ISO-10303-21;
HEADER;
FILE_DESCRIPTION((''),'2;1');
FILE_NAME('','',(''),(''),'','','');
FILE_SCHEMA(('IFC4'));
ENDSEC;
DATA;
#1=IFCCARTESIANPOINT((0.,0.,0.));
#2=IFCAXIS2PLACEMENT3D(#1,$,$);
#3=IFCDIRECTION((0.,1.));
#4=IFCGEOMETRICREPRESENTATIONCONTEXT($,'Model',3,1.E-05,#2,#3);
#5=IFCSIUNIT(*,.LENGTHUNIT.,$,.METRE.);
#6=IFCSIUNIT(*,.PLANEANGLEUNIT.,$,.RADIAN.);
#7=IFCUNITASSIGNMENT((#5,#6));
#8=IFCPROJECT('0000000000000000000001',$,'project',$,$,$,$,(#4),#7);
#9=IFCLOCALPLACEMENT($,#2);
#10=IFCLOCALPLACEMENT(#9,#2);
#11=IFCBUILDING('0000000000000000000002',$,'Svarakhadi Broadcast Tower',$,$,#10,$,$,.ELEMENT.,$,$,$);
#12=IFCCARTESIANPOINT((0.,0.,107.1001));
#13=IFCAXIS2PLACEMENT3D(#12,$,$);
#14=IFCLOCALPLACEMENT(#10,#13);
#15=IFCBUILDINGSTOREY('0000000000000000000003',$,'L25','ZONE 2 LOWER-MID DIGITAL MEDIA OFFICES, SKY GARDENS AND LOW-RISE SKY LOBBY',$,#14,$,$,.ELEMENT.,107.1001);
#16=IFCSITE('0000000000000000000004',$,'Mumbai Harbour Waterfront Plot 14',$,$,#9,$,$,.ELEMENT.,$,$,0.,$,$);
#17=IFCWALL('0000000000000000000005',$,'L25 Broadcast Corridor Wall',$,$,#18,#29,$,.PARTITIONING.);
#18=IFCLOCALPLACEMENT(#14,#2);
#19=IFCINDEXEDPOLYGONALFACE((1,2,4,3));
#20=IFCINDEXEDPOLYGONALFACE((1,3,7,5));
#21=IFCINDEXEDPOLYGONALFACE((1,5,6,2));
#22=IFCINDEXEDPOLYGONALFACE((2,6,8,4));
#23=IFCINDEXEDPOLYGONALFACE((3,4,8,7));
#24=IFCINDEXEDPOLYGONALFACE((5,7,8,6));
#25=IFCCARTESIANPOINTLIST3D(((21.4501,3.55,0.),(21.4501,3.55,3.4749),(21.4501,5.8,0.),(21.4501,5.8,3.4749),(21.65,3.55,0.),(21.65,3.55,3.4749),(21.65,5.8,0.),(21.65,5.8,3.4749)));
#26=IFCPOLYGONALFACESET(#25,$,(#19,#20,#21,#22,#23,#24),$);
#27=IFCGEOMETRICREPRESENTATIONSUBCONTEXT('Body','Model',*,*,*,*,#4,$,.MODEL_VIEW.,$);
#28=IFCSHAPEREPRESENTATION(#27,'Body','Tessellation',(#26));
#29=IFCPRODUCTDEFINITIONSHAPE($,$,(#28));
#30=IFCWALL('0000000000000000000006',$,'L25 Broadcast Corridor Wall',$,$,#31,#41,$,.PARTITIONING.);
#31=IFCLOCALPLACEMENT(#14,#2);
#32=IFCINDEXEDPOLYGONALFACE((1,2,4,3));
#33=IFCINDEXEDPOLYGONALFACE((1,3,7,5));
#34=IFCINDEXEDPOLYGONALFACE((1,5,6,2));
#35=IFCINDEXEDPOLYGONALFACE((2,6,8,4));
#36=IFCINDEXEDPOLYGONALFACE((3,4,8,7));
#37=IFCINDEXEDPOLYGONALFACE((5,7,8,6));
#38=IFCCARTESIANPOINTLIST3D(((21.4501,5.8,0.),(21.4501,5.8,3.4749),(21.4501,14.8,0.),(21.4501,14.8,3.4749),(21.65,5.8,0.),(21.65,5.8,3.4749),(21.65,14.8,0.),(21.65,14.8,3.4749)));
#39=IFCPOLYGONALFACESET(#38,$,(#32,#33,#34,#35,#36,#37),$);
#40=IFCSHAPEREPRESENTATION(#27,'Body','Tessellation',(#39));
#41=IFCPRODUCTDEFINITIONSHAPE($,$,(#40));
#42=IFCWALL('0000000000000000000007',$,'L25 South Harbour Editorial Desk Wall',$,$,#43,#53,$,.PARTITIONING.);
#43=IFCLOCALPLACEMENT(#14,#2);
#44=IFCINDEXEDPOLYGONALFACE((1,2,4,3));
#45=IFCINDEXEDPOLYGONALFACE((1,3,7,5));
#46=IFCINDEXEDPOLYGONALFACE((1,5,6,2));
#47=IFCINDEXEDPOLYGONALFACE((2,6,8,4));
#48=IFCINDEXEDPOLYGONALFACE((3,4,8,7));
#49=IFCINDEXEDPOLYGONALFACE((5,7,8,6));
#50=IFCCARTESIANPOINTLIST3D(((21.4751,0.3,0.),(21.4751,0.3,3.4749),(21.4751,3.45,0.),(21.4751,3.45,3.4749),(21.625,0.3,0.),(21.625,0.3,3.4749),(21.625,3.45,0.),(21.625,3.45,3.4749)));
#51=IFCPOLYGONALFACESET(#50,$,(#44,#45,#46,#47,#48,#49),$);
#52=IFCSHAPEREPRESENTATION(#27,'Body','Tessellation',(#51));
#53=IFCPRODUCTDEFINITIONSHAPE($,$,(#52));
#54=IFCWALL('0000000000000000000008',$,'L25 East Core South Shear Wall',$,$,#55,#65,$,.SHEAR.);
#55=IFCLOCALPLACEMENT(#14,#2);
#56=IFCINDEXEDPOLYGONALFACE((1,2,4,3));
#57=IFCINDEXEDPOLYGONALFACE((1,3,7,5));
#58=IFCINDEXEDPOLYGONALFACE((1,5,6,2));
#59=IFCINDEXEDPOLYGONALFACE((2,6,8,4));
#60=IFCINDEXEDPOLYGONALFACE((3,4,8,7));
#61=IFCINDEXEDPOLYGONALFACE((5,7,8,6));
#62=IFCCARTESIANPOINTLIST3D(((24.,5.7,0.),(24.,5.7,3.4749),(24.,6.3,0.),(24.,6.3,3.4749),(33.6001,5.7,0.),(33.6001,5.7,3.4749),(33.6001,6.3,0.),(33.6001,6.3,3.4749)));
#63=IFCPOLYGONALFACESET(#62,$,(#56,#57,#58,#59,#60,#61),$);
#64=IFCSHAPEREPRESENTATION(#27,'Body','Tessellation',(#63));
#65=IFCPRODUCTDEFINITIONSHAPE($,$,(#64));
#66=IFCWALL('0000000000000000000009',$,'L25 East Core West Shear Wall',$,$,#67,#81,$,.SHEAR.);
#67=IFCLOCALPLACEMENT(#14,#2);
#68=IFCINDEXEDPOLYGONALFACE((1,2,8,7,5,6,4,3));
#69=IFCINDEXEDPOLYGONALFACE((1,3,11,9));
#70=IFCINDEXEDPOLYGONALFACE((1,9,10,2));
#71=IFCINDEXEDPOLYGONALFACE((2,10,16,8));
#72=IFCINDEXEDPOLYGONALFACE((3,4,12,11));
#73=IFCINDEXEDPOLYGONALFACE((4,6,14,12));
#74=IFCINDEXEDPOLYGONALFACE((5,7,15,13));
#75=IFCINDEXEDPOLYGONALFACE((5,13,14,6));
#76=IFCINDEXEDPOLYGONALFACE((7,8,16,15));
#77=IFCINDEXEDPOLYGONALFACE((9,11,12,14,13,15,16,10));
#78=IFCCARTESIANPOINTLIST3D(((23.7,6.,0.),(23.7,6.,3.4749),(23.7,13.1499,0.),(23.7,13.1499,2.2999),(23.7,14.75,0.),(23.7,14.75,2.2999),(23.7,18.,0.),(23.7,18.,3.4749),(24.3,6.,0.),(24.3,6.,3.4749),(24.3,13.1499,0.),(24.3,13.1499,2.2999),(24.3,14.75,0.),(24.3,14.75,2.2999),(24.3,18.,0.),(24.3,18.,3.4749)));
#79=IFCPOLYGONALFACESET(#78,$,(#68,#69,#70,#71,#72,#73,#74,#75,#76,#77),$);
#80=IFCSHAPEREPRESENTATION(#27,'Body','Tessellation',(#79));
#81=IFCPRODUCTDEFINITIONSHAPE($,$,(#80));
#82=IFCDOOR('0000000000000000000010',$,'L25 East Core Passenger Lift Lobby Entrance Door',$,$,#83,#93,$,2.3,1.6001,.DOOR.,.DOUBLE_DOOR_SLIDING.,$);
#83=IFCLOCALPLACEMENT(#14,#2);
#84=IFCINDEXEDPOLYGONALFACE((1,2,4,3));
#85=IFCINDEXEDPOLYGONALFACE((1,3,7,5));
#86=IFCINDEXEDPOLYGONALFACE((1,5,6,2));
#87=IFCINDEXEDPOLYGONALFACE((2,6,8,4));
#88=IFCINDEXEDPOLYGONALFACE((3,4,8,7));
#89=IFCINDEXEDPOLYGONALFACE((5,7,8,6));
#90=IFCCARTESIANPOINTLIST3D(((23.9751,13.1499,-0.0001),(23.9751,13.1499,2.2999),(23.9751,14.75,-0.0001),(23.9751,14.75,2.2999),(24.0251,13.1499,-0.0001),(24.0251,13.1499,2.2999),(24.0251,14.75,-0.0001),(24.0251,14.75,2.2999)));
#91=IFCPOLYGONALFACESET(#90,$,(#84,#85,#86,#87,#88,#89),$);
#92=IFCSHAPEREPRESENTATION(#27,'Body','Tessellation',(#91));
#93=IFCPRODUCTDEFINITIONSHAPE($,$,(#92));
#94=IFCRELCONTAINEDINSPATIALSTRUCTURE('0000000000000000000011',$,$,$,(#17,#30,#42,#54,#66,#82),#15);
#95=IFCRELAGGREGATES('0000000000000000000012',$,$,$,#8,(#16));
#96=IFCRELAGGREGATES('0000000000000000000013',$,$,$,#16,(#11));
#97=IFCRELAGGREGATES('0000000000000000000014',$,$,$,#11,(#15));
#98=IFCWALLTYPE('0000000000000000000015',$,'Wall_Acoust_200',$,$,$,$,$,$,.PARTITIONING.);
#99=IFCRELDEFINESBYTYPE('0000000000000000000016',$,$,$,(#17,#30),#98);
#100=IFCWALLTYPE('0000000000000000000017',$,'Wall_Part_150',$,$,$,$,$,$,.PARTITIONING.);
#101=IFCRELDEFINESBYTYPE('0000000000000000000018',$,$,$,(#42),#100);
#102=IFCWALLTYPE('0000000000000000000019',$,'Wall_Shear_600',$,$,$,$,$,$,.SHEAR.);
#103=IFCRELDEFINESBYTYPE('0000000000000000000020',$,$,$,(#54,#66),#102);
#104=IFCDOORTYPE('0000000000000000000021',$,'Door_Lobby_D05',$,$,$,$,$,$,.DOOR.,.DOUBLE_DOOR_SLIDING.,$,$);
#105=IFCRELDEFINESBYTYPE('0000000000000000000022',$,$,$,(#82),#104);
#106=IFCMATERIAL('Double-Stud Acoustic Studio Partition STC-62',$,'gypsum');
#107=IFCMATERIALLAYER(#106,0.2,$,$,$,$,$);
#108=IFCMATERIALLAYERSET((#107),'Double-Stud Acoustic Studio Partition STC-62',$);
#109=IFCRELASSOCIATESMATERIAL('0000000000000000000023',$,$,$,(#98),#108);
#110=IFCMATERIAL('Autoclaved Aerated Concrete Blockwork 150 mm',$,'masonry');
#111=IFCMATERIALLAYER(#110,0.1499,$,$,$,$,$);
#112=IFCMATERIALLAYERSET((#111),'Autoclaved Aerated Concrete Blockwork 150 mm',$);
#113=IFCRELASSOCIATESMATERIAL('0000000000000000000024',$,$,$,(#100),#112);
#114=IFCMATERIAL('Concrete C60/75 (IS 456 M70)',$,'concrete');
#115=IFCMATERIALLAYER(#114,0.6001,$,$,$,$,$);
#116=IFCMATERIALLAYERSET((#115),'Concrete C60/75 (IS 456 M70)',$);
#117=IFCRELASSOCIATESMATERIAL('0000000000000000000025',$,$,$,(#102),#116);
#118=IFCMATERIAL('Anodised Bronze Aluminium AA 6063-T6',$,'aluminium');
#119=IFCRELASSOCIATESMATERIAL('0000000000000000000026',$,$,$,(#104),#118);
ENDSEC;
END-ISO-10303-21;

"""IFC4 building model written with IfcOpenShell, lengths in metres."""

from ifc_helpers import new_model, si_unit, direction, frame, frame_2d, origin, place, context, subcontext, project, spatial, rectangle, extrude, material, layer, layer_set, type_object, element, fill, save


model = new_model("IFC4")

# Units and contexts
model_context = context("Model", 3, precision=1e-05, world=origin(), true_north=direction((0.0, 1.0)))
body_context = subcontext(model_context, "Body", "Model", "MODEL_VIEW")
ifc_project = project(units=[si_unit("LENGTHUNIT", "METRE"), si_unit("PLANEANGLEUNIT", "RADIAN")], contexts=[model_context])

# Site, building, storey
site_placement = place(None, origin())
site = spatial("IfcSite", under=ifc_project, at=site_placement, Name="Mumbai Harbour Waterfront Plot 14", CompositionType="ELEMENT", RefElevation=0.0)
building_placement = place(site_placement, origin())
building = spatial("IfcBuilding", under=site, at=building_placement, Name="Svarakhadi Broadcast Tower", CompositionType="ELEMENT")
storey_placement = place(building_placement, frame((0.0, 0.0, 107.1001)))
storey = spatial("IfcBuildingStorey", under=building, at=storey_placement, Name="L25", Description="ZONE 2 LOWER-MID DIGITAL MEDIA OFFICES, SKY GARDENS AND LOW-RISE SKY LOBBY", CompositionType="ELEMENT", Elevation=107.1001)

# Shared definitions
ifc_material_1 = material(Name="Anodised Bronze Aluminium AA 6063-T6", Category="aluminium")

# Walls
ifc_material_2 = material(Name="Double-Stud Acoustic Studio Partition STC-62", Category="gypsum")
ifc_layer_1 = layer(ifc_material_2, 0.2)
ifc_layer_set_1 = layer_set([ifc_layer_1], Name="Double-Stud Acoustic Studio Partition STC-62")
wall_type_1 = type_object("IfcWallType", Name="Wall_Acoust_200", PredefinedType="PARTITIONING", material=ifc_layer_set_1)
wall_1_placement = place(storey_placement, frame((21.55, 3.55, 0.0), z_axis=(0.0, 0.0, 1.0), x_axis=(0.0, 1.0, 0.0)))
element("IfcWall", 1, at=wall_1_placement, inside=storey, type_object=wall_type_1, Name="L25 Broadcast Corridor Wall", PredefinedType="PARTITIONING", context=body_context, shape_type="SweptSolid", body=[
    extrude(rectangle(XDim=2.25, YDim=0.2, at=frame_2d((1.125, 0.0))), origin(), (0.0, 0.0, 1.0), 3.4749),
])
wall_2_placement = place(storey_placement, frame((21.55, 5.8, 0.0), z_axis=(0.0, 0.0, 1.0), x_axis=(0.0, 1.0, 0.0)))
element("IfcWall", 2, at=wall_2_placement, inside=storey, type_object=wall_type_1, Name="L25 Broadcast Corridor Wall", PredefinedType="PARTITIONING", context=body_context, shape_type="SweptSolid", body=[
    extrude(rectangle(XDim=9.0, YDim=0.2, at=frame_2d((4.5, 0.0))), origin(), (0.0, 0.0, 1.0), 3.4749),
])
ifc_material_3 = material(Name="Autoclaved Aerated Concrete Blockwork 150 mm", Category="masonry")
ifc_layer_2 = layer(ifc_material_3, 0.1499)
ifc_layer_set_2 = layer_set([ifc_layer_2], Name="Autoclaved Aerated Concrete Blockwork 150 mm")
wall_type_2 = type_object("IfcWallType", Name="Wall_Part_150", PredefinedType="PARTITIONING", material=ifc_layer_set_2)
wall_3_placement = place(storey_placement, frame((21.55, 0.3, 0.0), z_axis=(0.0, 0.0, 1.0), x_axis=(0.0, 1.0, 0.0)))
element("IfcWall", 3, at=wall_3_placement, inside=storey, type_object=wall_type_2, Name="L25 South Harbour Editorial Desk Wall", PredefinedType="PARTITIONING", context=body_context, shape_type="SweptSolid", body=[
    extrude(rectangle(XDim=3.1499, YDim=0.1499, at=frame_2d((1.575, 0.0))), origin(), (0.0, 0.0, 1.0), 3.4749),
])
ifc_material_4 = material(Name="Concrete C60/75 (IS 456 M70)", Category="concrete")
ifc_layer_3 = layer(ifc_material_4, 0.6001)
ifc_layer_set_3 = layer_set([ifc_layer_3], Name="Concrete C60/75 (IS 456 M70)")
wall_type_3 = type_object("IfcWallType", Name="Wall_Shear_600", PredefinedType="SHEAR", material=ifc_layer_set_3)
wall_4_placement = place(storey_placement, frame((24.0, 6.0, 0.0), z_axis=(0.0, 0.0, 1.0), x_axis=(1.0, 0.0, 0.0)))
element("IfcWall", 4, at=wall_4_placement, inside=storey, type_object=wall_type_3, Name="L25 East Core South Shear Wall", PredefinedType="SHEAR", context=body_context, shape_type="SweptSolid", body=[
    extrude(rectangle(XDim=9.6001, YDim=0.6001, at=frame_2d((4.8, 0.0))), origin(), (0.0, 0.0, 1.0), 3.4749),
])

# Wall, opening, door
wall_5_placement = place(storey_placement, frame((24.0, 6.0, 0.0), z_axis=(0.0, 0.0, 1.0), x_axis=(0.0, 1.0, 0.0)))
wall_5 = element("IfcWall", 5, at=wall_5_placement, inside=storey, type_object=wall_type_3, Name="L25 East Core West Shear Wall", PredefinedType="SHEAR", context=body_context, shape_type="SweptSolid", body=[
    extrude(rectangle(XDim=12.0, YDim=0.6001, at=frame_2d((6.0, 0.0))), origin(), (0.0, 0.0, 1.0), 3.4749),
])
opening_placement = place(wall_5_placement, frame((7.1499, 0.0, 0.0)))
opening = element("IfcOpeningElement", 6, at=opening_placement, cuts=wall_5, PredefinedType="OPENING", context=body_context, shape_type="SweptSolid", body=[
    extrude(rectangle(XDim=1.6001, YDim=2.3, at=frame_2d((0.8, 1.1499))), frame((0.0, 0.3101, 0.0), z_axis=(0.0, -1.0, 0.0), x_axis=(1.0, 0.0, 0.0)), (0.0, 0.0, 1.0), 0.6201),
])
door_type = type_object("IfcDoorType", Name="Door_Lobby_D05", OperationType="DOUBLE_DOOR_SLIDING", PredefinedType="DOOR", material=ifc_material_1)
door_placement = place(opening_placement, origin())
door = element("IfcDoor", 7, at=door_placement, inside=storey, type_object=door_type, Name="L25 East Core Passenger Lift Lobby Entrance Door", OperationType="DOUBLE_DOOR_SLIDING", OverallHeight=2.3, OverallWidth=1.6001, PredefinedType="DOOR", context=body_context, shape_type="SweptSolid", body=[
    extrude(rectangle(XDim=1.6001, YDim=2.3, at=frame_2d((0.8, 1.1499))), frame((0.0, 0.0249, 0.0), z_axis=(0.0, -1.0, 0.0), x_axis=(1.0, 0.0, 0.0)), (0.0, 0.0, 1.0), 0.05),
])
fill(opening, door)

save(model, "model.ifc")
